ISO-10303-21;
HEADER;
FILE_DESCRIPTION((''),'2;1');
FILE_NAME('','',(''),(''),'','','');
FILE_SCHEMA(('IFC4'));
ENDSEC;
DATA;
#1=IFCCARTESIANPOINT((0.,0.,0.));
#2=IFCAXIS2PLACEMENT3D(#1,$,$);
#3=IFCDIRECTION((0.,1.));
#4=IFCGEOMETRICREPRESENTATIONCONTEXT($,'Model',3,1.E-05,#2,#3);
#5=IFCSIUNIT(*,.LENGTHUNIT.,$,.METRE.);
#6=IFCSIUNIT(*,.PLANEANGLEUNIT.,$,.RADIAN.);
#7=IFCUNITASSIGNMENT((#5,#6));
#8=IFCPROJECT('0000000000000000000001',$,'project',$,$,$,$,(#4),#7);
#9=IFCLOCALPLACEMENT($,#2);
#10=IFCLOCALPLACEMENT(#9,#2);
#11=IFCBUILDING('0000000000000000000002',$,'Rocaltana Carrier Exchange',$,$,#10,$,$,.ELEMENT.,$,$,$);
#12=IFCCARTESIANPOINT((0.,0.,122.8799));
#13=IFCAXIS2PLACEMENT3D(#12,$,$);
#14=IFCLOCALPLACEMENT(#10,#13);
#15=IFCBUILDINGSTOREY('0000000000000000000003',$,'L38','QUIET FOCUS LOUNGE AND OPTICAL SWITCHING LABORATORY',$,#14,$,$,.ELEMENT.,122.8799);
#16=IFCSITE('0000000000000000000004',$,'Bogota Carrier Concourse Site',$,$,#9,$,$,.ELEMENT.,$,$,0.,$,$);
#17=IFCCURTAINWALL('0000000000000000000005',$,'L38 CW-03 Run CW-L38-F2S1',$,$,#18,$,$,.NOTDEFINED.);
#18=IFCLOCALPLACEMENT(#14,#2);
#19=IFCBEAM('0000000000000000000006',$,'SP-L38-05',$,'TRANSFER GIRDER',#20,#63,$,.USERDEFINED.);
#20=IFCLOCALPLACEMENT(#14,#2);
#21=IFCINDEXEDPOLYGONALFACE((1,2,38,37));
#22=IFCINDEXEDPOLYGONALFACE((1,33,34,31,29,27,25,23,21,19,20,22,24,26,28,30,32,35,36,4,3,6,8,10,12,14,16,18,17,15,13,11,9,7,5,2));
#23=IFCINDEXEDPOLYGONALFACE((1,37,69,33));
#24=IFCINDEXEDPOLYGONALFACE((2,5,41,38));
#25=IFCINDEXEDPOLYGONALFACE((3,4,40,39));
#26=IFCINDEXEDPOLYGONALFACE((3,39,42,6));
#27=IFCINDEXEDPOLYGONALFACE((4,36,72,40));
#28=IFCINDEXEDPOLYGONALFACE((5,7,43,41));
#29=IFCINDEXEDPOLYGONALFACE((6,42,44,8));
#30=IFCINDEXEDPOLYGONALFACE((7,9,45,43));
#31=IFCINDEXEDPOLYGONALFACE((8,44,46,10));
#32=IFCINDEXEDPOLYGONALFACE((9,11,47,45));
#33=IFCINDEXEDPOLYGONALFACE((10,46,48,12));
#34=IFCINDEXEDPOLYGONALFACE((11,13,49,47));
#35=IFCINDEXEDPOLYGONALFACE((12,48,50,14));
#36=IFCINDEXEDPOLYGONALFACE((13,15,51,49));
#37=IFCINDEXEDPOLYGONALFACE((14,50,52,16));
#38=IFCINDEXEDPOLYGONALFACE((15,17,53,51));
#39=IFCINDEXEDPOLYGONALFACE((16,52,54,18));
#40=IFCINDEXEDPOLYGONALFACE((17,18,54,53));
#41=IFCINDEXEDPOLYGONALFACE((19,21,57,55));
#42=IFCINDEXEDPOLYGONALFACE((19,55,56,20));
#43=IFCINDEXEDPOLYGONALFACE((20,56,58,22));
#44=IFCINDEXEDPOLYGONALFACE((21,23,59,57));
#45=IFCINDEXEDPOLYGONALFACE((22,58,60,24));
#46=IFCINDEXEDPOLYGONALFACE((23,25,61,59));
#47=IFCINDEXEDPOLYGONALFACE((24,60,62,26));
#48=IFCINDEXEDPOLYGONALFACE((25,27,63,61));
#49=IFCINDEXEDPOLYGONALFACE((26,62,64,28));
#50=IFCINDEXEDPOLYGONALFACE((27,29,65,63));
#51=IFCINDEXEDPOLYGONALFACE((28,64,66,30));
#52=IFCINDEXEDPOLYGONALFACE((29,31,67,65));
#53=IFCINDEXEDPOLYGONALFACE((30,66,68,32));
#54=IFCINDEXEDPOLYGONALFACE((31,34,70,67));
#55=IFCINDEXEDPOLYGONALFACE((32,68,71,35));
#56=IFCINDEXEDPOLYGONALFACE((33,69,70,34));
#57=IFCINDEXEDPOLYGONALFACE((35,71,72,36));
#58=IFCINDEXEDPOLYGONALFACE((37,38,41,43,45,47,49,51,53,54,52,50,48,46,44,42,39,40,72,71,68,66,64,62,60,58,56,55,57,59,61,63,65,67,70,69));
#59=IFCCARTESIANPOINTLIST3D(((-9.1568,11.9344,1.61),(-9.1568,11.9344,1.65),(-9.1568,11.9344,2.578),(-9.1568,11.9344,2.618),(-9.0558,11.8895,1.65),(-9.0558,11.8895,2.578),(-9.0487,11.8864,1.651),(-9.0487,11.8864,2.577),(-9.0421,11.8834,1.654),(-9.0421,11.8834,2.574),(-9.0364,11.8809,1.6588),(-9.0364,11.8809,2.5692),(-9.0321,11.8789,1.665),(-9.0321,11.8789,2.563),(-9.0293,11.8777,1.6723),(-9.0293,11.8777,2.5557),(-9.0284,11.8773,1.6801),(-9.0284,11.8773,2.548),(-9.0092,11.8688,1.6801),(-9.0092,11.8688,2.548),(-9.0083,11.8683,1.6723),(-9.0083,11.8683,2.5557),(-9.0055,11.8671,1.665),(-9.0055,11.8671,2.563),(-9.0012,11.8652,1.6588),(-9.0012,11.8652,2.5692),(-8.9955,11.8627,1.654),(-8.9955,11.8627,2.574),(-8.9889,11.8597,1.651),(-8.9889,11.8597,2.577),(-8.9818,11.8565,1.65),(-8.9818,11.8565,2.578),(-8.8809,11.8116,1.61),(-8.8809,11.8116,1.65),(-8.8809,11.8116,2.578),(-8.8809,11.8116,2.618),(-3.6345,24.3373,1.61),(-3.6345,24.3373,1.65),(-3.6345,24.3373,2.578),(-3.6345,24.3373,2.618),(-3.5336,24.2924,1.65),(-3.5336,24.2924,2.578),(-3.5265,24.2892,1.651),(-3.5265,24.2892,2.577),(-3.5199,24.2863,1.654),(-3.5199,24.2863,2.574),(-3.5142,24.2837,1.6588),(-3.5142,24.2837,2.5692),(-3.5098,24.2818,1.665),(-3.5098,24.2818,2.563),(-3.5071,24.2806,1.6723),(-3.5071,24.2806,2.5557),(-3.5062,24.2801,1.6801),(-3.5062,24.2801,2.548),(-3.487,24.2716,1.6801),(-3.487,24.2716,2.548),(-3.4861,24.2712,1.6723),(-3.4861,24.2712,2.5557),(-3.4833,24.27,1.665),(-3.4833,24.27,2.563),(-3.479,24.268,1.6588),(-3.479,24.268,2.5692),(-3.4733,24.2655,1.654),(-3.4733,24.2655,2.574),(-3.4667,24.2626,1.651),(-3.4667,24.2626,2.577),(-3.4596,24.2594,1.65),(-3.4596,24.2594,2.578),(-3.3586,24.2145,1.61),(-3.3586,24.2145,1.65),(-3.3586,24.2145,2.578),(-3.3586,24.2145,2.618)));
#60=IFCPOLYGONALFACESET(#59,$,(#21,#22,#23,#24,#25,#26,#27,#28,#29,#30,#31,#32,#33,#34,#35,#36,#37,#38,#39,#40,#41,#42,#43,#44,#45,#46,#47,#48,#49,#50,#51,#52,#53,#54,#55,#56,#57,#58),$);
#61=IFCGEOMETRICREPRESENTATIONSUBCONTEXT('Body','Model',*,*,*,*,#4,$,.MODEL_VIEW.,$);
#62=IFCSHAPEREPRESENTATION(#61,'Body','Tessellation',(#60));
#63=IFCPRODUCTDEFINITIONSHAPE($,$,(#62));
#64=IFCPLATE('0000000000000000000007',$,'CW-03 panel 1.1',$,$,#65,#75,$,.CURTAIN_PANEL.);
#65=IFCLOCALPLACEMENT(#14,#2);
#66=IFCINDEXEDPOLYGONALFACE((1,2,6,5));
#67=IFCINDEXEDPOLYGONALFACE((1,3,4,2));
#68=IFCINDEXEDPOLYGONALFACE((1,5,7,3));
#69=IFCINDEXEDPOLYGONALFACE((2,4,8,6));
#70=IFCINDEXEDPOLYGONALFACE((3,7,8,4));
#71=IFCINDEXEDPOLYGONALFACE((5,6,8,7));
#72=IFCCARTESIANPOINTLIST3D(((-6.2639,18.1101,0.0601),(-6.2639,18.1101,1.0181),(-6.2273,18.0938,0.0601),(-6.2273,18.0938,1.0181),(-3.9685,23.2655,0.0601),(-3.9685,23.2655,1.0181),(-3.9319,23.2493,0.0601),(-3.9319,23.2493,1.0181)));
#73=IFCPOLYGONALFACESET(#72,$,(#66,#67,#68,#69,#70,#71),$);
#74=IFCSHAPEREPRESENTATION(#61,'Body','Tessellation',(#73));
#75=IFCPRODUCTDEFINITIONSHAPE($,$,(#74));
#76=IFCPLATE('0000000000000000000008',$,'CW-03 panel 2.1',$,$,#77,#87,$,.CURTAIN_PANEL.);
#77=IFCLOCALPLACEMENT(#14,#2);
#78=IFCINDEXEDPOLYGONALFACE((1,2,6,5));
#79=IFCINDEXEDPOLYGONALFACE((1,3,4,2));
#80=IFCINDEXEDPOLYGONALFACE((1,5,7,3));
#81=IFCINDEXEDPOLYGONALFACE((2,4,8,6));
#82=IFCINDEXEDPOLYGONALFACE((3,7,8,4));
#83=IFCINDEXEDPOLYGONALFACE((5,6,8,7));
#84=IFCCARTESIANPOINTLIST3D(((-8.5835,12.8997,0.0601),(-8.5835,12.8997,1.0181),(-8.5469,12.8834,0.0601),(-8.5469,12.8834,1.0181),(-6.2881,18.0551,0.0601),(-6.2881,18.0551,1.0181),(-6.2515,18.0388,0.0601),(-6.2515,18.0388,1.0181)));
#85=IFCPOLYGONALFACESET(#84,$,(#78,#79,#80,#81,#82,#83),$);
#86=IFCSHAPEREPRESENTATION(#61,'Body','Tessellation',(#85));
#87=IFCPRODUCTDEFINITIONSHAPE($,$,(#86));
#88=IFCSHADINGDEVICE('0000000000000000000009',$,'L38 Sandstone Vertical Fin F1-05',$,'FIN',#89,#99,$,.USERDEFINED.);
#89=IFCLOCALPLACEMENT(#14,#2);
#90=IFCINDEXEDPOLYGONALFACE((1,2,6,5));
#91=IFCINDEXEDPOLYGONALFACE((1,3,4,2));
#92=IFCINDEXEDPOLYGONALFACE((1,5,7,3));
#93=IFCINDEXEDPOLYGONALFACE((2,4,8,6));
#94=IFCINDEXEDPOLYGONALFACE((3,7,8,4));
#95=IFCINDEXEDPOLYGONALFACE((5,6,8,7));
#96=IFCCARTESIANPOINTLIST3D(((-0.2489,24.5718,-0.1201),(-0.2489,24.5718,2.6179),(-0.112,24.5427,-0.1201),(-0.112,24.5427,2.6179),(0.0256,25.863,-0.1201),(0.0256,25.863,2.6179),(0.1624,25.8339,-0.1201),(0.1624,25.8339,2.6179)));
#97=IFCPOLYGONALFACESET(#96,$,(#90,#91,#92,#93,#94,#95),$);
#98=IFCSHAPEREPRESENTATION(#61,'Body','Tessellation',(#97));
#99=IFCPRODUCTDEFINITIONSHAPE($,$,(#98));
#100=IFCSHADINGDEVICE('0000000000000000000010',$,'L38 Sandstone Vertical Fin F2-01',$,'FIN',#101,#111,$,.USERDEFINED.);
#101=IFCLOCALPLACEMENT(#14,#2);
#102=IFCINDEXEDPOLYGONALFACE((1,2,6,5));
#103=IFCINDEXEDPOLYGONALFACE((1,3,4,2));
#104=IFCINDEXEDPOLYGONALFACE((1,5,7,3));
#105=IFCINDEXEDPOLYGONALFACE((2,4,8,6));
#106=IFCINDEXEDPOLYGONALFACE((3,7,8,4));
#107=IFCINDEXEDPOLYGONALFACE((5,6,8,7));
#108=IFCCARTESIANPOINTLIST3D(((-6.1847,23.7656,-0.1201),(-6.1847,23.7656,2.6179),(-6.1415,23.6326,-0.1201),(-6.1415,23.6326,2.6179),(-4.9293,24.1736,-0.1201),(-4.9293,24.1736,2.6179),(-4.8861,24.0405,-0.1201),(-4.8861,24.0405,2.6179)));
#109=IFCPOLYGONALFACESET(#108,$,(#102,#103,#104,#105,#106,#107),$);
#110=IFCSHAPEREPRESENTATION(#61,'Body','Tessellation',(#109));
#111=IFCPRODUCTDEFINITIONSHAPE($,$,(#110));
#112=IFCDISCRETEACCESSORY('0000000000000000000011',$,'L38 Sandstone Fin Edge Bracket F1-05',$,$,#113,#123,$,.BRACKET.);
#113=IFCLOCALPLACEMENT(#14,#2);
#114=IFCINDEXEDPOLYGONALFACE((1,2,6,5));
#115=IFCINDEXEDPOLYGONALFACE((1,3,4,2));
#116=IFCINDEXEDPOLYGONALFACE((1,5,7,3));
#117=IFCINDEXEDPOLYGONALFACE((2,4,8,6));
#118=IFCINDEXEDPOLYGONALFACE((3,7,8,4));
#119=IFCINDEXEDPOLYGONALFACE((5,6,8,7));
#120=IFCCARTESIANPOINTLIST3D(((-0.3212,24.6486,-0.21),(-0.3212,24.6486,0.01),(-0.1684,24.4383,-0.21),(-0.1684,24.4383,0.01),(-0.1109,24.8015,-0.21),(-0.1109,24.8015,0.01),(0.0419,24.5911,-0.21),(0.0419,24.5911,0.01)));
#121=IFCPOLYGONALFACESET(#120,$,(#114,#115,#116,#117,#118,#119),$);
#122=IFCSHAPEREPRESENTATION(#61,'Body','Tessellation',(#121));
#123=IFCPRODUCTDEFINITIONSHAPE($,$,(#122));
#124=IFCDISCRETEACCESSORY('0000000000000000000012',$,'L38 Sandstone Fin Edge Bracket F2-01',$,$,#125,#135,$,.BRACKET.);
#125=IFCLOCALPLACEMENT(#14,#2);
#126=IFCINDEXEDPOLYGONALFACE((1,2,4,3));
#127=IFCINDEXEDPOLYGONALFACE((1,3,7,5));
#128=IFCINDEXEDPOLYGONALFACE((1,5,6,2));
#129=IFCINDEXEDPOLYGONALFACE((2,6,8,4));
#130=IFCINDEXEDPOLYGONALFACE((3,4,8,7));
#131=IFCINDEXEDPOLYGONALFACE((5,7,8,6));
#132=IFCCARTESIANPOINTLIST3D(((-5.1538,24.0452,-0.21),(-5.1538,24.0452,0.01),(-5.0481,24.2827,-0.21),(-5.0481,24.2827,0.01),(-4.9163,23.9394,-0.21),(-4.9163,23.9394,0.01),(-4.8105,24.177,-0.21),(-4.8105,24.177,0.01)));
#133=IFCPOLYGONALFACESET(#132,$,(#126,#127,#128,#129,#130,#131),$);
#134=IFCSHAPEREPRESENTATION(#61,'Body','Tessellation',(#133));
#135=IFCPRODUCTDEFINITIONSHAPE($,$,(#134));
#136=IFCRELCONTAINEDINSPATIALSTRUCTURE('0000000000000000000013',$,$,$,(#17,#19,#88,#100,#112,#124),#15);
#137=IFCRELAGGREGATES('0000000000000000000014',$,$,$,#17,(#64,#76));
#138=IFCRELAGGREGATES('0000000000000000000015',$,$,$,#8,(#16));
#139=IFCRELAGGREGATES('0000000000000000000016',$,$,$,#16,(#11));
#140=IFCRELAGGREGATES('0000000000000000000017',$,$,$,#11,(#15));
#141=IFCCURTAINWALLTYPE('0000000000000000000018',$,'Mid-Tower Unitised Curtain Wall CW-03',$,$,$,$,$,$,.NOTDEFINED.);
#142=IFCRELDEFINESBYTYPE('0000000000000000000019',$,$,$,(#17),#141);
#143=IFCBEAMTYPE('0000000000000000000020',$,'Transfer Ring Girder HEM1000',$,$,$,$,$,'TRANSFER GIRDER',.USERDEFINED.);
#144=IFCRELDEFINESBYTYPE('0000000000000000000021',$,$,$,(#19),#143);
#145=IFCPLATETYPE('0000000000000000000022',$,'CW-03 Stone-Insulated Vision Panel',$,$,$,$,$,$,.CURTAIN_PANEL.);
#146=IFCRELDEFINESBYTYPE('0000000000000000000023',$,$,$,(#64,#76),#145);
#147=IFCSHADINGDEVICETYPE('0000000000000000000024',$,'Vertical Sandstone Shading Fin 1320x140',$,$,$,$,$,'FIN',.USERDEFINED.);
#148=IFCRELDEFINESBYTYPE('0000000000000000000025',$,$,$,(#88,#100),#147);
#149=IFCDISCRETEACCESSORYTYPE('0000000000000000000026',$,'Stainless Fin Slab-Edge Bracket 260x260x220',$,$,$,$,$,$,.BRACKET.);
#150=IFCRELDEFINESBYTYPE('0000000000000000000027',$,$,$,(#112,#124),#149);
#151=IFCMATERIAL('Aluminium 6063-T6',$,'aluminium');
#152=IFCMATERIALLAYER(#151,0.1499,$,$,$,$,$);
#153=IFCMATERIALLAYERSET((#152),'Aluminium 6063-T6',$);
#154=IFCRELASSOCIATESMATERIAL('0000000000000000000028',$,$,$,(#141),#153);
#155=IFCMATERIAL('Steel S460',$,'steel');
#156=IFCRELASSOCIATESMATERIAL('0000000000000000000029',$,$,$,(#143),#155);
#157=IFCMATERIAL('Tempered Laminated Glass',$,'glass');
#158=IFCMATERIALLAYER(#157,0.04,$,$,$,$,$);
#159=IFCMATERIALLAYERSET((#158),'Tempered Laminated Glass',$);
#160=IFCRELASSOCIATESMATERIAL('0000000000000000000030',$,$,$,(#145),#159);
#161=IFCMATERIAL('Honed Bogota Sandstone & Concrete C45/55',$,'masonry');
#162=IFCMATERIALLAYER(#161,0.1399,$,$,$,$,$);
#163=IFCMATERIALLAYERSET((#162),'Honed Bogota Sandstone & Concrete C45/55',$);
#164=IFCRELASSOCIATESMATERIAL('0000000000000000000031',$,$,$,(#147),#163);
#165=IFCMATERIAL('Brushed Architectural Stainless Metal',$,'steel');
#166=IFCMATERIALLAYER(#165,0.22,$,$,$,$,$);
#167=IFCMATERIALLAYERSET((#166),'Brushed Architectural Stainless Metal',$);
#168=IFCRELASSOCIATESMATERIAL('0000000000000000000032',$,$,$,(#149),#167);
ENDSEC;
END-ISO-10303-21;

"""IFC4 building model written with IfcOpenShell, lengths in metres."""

from ifc_helpers import new_model, si_unit, direction, frame, origin, origin_2d, place, context, subcontext, project, spatial, rectangle, i_section, extrude, material, layer, layer_set, material_profile, profile_set, type_object, element, aggregate, save


model = new_model("IFC4")

# Units and contexts
model_context = context("Model", 3, precision=1e-05, world=origin(), true_north=direction((0.0, 1.0)))
body_context = subcontext(model_context, "Body", "Model", "MODEL_VIEW")
ifc_project = project(units=[si_unit("LENGTHUNIT", "METRE"), si_unit("PLANEANGLEUNIT", "RADIAN")], contexts=[model_context])

# Site, building, storey
site_placement = place(None, origin())
site = spatial("IfcSite", under=ifc_project, at=site_placement, Name="Bogota Carrier Concourse Site", CompositionType="ELEMENT", RefElevation=0.0)
building_placement = place(site_placement, origin())
building = spatial("IfcBuilding", under=site, at=building_placement, Name="Rocaltana Carrier Exchange", CompositionType="ELEMENT")
storey_placement = place(building_placement, frame((0.0, 0.0, 122.8799)))
storey = spatial("IfcBuildingStorey", under=building, at=storey_placement, Name="L38", Description="QUIET FOCUS LOUNGE AND OPTICAL SWITCHING LABORATORY", CompositionType="ELEMENT", Elevation=122.8799)

# Shared definitions
ifc_material_1 = material(Name="Aluminium 6063-T6", Category="aluminium")
ifc_layer_1 = layer(ifc_material_1, 0.1499)
ifc_layer_set_1 = layer_set([ifc_layer_1], Name="Aluminium 6063-T6")
curtain_wall_type = type_object("IfcCurtainWallType", Name="Mid-Tower Unitised Curtain Wall CW-03", PredefinedType="NOTDEFINED", material=ifc_layer_set_1)

# Curtain wall
curtain_wall_1_placement = place(storey_placement, origin())
curtain_wall_1 = element("IfcCurtainWall", 1, at=curtain_wall_1_placement, inside=storey, type_object=curtain_wall_type, Name="L38 CW-03 Run CW-L38-F2S1", PredefinedType="NOTDEFINED")

# Beam
ifc_material_2 = material(Name="Steel S460", Category="steel")
ifc_material_profile_1 = material_profile(ifc_material_2, i_section(OverallWidth=0.302, OverallDepth=1.0081, WebThickness=0.021, FlangeThickness=0.04, FilletRadius=0.03, at=origin_2d()), Name="HEM1000")
ifc_profile_set_1 = profile_set([ifc_material_profile_1], Name="Steel S460")
beam_type_1 = type_object("IfcBeamType", Name="Transfer Ring Girder HEM1000", ElementType="TRANSFER GIRDER", PredefinedType="USERDEFINED", material=ifc_profile_set_1)
beam_1_placement = place(storey_placement, frame((-3.4966, 24.2759, 2.114), z_axis=(-0.406744, -0.913542, 0.0), x_axis=(0.913542, -0.406744, 0.0)))
element("IfcBeam", 2, at=beam_1_placement, inside=storey, type_object=beam_type_1, Name="SP-L38-05", ObjectType="TRANSFER GIRDER", PredefinedType="USERDEFINED", context=body_context, shape_type="SweptSolid", body=[
    extrude(i_section(OverallWidth=0.302, OverallDepth=1.0081, WebThickness=0.021, FlangeThickness=0.04, FilletRadius=0.03, at=origin_2d()), origin(), (0.0, 0.0, 1.0), 13.5767),
])

# Plates
ifc_material_3 = material(Name="Tempered Laminated Glass", Category="glass")
ifc_layer_2 = layer(ifc_material_3, 0.04)
ifc_layer_set_2 = layer_set([ifc_layer_2], Name="Tempered Laminated Glass")
plate_type = type_object("IfcPlateType", Name="CW-03 Stone-Insulated Vision Panel", PredefinedType="CURTAIN_PANEL", material=ifc_layer_set_2)
plate_1_placement = place(storey_placement, frame((-5.0979, 20.6797, 0.0601), z_axis=(0.0, 0.0, 1.0), x_axis=(-0.40674, -0.913544, 0.0)))
plate_1 = element("IfcPlate", 3, at=plate_1_placement, type_object=plate_type, Name="CW-03 panel 1.1", PredefinedType="CURTAIN_PANEL", context=body_context, shape_type="SweptSolid", body=[
    extrude(rectangle(XDim=5.6433, YDim=0.04, at=origin_2d()), origin(), (0.0, 0.0, 1.0), 0.958),
])
plate_2_placement = place(storey_placement, frame((-7.4175, 15.4692, 0.0601), z_axis=(0.0, 0.0, 1.0), x_axis=(-0.40674, -0.913544, 0.0)))
plate_2 = element("IfcPlate", 4, at=plate_2_placement, type_object=plate_type, Name="CW-03 panel 2.1", PredefinedType="CURTAIN_PANEL", context=body_context, shape_type="SweptSolid", body=[
    extrude(rectangle(XDim=5.6433, YDim=0.04, at=origin_2d()), origin(), (0.0, 0.0, 1.0), 0.958),
])
aggregate(curtain_wall_1, [plate_1, plate_2])

# Shading devices
ifc_material_4 = material(Name="Honed Bogota Sandstone & Concrete C45/55", Category="masonry")
ifc_layer_3 = layer(ifc_material_4, 0.1399)
ifc_layer_set_3 = layer_set([ifc_layer_3], Name="Honed Bogota Sandstone & Concrete C45/55")
shading_device_type = type_object("IfcShadingDeviceType", Name="Vertical Sandstone Shading Fin 1320x140", ElementType="FIN", PredefinedType="USERDEFINED", material=ifc_layer_set_3)
for number, where, z_axis, x_axis, name in (
    (5, (-0.0432, 25.2029, -0.1201), (0.0, 0.0, 1.0), (0.207912, 0.978148, 0.0), "L38 Sandstone Vertical Fin F1-05"),
    (6, (-5.5354, 23.9031, -0.1201), (0.0, 0.0, 1.0), (-0.951057, -0.309017, 0.0), "L38 Sandstone Vertical Fin F2-01"),
):
    element("IfcShadingDevice", number, at=place(storey_placement, frame(where, z_axis=z_axis, x_axis=x_axis)), inside=storey, type_object=shading_device_type, Name=name, ObjectType="FIN", PredefinedType="USERDEFINED", context=body_context, shape_type="SweptSolid", body=[
        extrude(rectangle(XDim=1.3201, YDim=0.1399, at=origin_2d()), origin(), (0.0, 0.0, 1.0), 2.738),
    ])

# Discrete accessories
ifc_material_5 = material(Name="Brushed Architectural Stainless Metal", Category="steel")
ifc_layer_4 = layer(ifc_material_5, 0.22)
ifc_layer_set_4 = layer_set([ifc_layer_4], Name="Brushed Architectural Stainless Metal")
discrete_accessory_type = type_object("IfcDiscreteAccessoryType", Name="Stainless Fin Slab-Edge Bracket 260x260x220", PredefinedType="BRACKET", material=ifc_layer_set_4)
for number, where, z_axis, x_axis, name in (
    (7, (-0.1396, 24.6199, -0.21), (0.0, 0.0, 1.0), (-0.587785, 0.809017, 0.0), "L38 Sandstone Fin Edge Bracket F1-05"),
    (8, (-4.9822, 24.1111, -0.21), (0.0, 0.0, 1.0), (-0.406737, -0.913545, 0.0), "L38 Sandstone Fin Edge Bracket F2-01"),
):
    element("IfcDiscreteAccessory", number, at=place(storey_placement, frame(where, z_axis=z_axis, x_axis=x_axis)), inside=storey, type_object=discrete_accessory_type, Name=name, PredefinedType="BRACKET", context=body_context, shape_type="SweptSolid", body=[
        extrude(rectangle(XDim=0.26, YDim=0.26, at=origin_2d()), origin(), (0.0, 0.0, 1.0), 0.22),
    ])

save(model, "model.ifc")
